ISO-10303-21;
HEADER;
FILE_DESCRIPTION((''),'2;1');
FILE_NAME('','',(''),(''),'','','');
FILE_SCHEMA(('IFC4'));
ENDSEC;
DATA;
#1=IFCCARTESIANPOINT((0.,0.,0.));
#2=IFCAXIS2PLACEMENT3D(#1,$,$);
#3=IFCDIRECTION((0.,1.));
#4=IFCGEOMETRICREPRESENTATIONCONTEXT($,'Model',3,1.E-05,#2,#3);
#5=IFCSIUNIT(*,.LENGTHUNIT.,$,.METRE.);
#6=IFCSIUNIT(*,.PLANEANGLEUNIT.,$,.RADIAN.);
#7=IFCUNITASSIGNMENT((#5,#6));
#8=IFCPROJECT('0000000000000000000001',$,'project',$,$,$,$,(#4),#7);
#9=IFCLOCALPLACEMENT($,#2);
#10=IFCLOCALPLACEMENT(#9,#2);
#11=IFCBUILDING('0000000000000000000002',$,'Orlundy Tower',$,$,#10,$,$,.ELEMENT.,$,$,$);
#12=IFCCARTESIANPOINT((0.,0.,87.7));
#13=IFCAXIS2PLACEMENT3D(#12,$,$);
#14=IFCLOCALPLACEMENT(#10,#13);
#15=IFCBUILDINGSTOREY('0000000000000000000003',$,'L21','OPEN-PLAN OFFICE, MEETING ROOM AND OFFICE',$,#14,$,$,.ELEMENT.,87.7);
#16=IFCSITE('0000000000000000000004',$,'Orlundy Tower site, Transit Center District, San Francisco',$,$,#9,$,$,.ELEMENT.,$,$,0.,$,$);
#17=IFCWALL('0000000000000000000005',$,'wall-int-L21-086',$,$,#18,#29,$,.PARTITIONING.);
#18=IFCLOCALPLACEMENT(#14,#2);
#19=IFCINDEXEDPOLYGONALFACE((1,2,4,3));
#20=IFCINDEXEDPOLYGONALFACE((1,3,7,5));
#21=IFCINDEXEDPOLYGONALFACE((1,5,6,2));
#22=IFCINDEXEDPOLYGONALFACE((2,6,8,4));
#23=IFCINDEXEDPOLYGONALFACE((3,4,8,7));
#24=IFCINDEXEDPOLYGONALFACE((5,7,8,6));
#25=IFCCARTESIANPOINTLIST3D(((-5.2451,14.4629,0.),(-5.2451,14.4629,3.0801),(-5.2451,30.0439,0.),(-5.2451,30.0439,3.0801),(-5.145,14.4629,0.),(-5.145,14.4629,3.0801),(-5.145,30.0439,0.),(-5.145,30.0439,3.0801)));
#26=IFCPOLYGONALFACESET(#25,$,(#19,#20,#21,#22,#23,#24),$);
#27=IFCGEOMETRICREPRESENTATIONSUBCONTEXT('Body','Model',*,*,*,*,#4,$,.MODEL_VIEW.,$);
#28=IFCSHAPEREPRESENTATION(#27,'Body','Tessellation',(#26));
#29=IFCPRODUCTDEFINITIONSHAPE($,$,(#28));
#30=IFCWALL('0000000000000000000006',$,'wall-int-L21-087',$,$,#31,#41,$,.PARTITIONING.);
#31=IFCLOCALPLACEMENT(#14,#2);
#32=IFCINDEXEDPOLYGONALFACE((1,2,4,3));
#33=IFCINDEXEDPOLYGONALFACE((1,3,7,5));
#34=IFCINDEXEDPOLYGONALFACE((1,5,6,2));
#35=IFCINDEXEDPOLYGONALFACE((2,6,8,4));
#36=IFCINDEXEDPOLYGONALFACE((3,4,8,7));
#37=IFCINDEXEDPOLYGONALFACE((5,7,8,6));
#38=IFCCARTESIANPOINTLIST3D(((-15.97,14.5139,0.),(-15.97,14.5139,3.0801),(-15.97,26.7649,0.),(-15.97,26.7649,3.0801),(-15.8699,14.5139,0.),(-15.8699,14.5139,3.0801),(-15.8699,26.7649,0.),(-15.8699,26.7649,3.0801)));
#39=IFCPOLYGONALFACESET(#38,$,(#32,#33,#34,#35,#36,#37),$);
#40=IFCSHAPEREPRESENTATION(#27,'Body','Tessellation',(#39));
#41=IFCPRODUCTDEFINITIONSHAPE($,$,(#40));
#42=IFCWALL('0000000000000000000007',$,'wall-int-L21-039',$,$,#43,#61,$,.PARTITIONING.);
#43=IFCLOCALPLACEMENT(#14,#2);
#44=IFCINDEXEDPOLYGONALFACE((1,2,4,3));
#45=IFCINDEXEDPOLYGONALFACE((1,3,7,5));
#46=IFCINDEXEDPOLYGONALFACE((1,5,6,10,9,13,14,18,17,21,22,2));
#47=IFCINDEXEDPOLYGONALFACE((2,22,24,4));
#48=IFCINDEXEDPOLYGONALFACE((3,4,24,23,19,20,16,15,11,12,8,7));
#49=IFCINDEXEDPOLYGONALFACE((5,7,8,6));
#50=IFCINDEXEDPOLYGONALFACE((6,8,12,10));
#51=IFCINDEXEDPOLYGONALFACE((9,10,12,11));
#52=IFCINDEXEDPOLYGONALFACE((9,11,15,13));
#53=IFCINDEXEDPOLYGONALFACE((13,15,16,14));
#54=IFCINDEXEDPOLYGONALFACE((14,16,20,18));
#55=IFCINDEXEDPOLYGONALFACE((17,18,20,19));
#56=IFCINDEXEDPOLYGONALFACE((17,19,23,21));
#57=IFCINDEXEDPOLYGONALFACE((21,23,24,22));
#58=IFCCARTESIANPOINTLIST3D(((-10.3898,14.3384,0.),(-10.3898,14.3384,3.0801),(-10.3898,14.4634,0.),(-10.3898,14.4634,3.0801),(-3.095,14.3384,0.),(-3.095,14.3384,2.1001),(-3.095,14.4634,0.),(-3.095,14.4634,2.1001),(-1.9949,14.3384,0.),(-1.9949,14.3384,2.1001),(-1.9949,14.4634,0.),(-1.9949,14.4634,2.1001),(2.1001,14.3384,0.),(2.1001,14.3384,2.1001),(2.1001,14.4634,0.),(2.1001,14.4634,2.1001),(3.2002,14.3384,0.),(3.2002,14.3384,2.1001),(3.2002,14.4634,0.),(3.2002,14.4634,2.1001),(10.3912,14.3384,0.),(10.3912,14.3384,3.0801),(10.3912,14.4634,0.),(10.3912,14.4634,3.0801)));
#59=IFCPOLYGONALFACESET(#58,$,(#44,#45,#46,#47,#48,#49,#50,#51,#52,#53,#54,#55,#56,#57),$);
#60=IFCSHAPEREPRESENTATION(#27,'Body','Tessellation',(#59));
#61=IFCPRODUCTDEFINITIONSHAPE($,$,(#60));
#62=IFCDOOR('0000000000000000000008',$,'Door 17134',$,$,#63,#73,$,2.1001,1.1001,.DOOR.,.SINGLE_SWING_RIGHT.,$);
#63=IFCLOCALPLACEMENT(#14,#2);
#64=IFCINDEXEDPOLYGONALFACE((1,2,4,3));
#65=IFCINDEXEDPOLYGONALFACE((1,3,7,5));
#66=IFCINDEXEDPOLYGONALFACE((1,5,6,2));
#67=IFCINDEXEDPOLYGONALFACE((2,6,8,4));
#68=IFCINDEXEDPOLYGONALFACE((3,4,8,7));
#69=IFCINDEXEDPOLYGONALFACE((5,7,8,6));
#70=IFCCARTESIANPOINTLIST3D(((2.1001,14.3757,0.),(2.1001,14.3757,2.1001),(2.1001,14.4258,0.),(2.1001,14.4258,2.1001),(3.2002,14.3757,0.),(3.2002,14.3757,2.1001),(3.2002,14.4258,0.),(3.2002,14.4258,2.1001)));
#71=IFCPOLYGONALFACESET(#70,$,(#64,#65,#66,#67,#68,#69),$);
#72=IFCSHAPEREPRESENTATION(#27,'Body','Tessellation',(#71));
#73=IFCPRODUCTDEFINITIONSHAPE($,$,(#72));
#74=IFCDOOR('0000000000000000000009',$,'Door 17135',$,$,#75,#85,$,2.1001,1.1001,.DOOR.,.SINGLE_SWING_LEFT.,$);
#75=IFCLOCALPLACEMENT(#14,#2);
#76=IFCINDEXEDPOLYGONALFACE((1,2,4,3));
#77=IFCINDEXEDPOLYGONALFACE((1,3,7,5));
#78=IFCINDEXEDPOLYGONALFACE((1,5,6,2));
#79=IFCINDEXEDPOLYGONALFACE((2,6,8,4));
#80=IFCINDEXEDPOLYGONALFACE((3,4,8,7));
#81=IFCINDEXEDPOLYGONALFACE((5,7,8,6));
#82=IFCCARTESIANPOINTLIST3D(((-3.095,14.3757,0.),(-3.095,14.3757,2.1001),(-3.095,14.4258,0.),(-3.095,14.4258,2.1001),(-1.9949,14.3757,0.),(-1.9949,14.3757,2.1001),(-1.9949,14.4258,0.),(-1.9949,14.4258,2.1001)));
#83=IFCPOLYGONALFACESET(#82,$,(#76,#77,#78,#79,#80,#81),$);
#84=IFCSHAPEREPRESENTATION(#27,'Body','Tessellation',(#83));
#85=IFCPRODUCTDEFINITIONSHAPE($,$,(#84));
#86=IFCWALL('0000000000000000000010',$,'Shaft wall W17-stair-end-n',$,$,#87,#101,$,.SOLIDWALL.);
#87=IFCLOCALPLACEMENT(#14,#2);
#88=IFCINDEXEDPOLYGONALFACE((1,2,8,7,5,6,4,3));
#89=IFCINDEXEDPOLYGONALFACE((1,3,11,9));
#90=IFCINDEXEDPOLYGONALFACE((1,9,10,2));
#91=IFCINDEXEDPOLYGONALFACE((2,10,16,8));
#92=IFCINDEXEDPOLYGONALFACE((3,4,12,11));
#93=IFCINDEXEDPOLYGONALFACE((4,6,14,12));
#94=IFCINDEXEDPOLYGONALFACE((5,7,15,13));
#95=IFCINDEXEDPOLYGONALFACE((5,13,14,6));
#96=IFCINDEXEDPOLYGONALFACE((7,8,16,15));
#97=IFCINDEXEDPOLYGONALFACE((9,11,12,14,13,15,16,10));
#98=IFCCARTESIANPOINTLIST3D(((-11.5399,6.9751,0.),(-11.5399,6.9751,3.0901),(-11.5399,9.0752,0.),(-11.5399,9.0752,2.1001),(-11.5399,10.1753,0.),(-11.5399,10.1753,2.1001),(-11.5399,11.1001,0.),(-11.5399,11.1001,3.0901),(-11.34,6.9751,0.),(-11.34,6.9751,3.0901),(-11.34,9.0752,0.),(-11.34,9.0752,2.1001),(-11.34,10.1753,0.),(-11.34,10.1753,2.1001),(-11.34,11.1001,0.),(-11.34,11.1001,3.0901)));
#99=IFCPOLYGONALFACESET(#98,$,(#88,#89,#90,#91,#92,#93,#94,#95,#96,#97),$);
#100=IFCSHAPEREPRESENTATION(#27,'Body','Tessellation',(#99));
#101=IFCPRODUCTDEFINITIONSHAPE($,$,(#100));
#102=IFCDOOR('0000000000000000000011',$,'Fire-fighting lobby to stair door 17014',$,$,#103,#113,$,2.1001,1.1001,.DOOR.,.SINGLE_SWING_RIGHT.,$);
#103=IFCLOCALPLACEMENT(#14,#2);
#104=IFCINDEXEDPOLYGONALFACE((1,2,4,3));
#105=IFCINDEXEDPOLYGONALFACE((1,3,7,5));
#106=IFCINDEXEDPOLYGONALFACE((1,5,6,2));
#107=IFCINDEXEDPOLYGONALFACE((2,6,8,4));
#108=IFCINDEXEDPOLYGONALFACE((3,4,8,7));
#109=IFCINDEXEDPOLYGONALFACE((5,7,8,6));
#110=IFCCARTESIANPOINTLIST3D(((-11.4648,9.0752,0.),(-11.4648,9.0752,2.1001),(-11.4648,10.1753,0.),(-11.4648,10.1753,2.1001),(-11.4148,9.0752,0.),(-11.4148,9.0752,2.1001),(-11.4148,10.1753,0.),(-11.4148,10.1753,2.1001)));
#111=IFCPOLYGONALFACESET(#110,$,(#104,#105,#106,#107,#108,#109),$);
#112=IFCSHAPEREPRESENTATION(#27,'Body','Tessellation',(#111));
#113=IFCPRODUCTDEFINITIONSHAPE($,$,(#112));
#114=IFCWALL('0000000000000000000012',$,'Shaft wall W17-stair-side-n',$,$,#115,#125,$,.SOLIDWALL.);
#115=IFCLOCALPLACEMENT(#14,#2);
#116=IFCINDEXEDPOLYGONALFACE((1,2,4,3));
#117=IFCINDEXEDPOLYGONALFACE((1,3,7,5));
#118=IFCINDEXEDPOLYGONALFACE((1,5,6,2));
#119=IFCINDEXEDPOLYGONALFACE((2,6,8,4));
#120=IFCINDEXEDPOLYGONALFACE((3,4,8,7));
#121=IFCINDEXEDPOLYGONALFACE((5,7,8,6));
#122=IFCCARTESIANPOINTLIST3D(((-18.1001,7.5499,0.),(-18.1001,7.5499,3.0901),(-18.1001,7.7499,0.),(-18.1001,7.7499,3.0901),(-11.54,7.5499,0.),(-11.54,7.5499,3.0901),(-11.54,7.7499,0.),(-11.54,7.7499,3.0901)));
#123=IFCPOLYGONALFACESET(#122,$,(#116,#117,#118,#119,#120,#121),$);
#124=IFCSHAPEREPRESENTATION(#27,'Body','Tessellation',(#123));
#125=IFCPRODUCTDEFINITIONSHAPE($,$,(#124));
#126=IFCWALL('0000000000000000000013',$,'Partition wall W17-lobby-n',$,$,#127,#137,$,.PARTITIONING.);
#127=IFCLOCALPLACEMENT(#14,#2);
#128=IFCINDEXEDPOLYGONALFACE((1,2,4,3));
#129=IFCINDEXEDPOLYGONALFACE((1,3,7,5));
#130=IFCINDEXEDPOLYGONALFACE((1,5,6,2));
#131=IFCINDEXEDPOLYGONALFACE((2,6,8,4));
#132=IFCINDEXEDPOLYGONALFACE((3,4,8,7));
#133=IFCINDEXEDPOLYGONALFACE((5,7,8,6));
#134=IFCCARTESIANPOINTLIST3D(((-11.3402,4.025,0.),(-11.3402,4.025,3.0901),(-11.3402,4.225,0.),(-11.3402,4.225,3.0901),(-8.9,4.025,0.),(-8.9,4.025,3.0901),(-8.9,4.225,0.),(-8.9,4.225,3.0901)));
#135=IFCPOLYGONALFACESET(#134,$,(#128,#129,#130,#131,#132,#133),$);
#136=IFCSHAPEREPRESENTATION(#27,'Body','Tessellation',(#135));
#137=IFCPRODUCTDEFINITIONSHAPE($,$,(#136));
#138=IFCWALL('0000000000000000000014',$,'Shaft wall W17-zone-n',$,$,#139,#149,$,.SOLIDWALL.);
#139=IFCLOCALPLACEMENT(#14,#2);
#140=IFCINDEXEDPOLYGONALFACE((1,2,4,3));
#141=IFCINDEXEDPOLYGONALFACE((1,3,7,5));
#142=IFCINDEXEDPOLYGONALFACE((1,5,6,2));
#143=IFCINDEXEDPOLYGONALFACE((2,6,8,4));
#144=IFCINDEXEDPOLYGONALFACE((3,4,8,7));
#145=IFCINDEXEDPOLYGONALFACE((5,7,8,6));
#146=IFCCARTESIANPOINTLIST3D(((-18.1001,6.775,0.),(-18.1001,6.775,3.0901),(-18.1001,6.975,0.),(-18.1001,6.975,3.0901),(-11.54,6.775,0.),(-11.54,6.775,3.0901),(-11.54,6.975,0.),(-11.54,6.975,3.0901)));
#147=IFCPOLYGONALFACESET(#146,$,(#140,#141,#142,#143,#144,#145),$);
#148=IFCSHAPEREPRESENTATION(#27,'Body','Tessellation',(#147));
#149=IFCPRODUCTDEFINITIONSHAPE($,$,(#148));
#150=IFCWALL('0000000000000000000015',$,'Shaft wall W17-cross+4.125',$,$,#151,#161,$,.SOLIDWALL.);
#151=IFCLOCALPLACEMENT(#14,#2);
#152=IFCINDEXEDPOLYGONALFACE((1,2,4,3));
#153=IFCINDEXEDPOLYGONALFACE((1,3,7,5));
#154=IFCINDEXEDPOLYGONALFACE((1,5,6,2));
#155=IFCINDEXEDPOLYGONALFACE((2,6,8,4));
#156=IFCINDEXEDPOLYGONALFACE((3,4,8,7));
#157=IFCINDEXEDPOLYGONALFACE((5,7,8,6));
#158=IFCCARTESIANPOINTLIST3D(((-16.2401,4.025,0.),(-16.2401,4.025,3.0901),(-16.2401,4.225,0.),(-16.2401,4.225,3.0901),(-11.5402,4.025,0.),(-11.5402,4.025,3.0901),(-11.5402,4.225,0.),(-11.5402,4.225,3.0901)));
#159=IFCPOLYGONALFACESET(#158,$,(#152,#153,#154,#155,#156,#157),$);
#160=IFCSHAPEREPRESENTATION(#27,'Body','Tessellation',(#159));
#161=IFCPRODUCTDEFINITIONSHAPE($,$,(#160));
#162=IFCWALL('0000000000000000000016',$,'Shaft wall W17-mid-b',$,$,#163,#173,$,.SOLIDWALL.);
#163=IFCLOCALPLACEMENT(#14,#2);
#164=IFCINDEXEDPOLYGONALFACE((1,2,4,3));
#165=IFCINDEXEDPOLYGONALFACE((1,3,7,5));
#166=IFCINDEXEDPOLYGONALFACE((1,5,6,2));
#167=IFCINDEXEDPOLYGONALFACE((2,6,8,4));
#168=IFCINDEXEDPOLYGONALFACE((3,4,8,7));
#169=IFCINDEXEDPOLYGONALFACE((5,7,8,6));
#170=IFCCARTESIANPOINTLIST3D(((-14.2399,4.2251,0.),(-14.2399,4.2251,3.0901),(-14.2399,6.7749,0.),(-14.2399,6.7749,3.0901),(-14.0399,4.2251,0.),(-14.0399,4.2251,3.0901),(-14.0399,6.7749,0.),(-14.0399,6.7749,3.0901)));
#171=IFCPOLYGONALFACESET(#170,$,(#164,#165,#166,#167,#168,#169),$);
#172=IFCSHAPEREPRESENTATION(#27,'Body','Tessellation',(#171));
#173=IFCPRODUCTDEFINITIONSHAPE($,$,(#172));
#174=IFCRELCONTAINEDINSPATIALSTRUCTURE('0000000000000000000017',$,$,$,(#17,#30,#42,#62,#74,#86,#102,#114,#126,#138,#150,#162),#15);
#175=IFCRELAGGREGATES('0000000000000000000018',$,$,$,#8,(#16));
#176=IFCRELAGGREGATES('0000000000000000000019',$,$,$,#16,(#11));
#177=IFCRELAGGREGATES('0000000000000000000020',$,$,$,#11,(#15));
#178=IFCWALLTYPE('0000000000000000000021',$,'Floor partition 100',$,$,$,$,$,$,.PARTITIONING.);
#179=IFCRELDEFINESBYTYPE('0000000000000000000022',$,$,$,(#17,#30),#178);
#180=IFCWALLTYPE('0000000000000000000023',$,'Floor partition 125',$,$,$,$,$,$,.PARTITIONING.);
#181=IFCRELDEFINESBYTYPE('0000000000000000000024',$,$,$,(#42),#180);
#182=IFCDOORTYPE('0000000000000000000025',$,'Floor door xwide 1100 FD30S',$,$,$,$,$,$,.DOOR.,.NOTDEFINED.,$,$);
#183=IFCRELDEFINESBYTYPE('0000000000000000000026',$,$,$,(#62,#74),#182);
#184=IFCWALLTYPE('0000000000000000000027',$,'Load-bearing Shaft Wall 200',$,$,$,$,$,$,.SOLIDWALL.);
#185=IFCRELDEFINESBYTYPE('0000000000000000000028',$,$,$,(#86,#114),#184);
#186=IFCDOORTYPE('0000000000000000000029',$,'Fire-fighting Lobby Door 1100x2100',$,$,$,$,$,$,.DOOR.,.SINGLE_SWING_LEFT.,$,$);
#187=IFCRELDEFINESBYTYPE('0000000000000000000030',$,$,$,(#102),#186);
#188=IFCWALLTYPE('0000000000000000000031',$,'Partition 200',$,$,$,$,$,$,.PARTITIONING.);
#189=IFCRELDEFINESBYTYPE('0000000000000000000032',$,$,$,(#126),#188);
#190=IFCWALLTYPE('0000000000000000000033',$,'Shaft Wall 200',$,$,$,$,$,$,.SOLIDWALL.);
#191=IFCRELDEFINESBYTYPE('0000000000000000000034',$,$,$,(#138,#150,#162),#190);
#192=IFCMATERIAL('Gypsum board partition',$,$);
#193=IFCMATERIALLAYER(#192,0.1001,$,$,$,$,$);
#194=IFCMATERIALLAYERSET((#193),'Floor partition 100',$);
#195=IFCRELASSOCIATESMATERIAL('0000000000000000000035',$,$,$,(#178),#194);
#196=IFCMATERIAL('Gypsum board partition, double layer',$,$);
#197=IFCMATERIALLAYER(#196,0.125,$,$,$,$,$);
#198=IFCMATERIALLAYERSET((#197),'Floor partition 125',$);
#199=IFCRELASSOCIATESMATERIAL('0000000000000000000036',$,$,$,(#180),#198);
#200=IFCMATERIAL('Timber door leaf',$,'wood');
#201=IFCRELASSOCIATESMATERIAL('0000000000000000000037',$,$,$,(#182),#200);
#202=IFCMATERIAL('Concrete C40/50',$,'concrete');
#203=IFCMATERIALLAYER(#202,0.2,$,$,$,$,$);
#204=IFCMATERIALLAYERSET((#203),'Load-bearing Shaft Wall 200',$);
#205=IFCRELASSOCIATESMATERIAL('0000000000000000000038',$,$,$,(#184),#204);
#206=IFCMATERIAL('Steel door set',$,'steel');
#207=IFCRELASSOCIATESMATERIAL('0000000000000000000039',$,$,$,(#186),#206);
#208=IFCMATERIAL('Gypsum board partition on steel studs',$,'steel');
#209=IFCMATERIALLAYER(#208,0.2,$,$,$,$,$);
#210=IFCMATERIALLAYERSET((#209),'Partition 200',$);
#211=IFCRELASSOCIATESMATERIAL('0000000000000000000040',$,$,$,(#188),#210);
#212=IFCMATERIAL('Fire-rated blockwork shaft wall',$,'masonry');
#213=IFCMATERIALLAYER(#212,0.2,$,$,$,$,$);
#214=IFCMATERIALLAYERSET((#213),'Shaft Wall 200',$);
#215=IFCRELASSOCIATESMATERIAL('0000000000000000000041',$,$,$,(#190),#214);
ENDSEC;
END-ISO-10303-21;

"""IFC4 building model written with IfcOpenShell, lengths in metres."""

from ifc_helpers import new_model, si_unit, direction, frame, frame_2d, origin, place, context, subcontext, project, spatial, rectangle, extrude, material, layer, layer_set, type_object, element, fill, save


model = new_model("IFC4")

# Units and contexts
model_context = context("Model", 3, precision=1e-05, world=origin(), true_north=direction((0.0, 1.0)))
body_context = subcontext(model_context, "Body", "Model", "MODEL_VIEW")
ifc_project = project(units=[si_unit("LENGTHUNIT", "METRE"), si_unit("PLANEANGLEUNIT", "RADIAN")], contexts=[model_context])

# Site, building, storey
site_placement = place(None, origin())
site = spatial("IfcSite", under=ifc_project, at=site_placement, Name="Orlundy Tower site, Transit Center District, San Francisco", CompositionType="ELEMENT", RefElevation=0.0)
building_placement = place(site_placement, origin())
building = spatial("IfcBuilding", under=site, at=building_placement, Name="Orlundy Tower", CompositionType="ELEMENT")
storey_placement = place(building_placement, frame((0.0, 0.0, 87.7)))
storey = spatial("IfcBuildingStorey", under=building, at=storey_placement, Name="L21", Description="OPEN-PLAN OFFICE, MEETING ROOM AND OFFICE", CompositionType="ELEMENT", Elevation=87.7)

# Walls
ifc_material_1 = material(Name="Gypsum board partition")
ifc_layer_1 = layer(ifc_material_1, 0.1001)
ifc_layer_set_1 = layer_set([ifc_layer_1], Name="Floor partition 100")
wall_type_1 = type_object("IfcWallType", Name="Floor partition 100", PredefinedType="PARTITIONING", material=ifc_layer_set_1)
wall_1_placement = place(storey_placement, frame((-5.1951, 14.4629, 0.0), z_axis=(0.0, 0.0, 1.0), x_axis=(0.0, 1.0, 0.0)))
element("IfcWall", 1, at=wall_1_placement, inside=storey, type_object=wall_type_1, Name="wall-int-L21-086", PredefinedType="PARTITIONING", context=body_context, shape_type="SweptSolid", body=[
    extrude(rectangle(XDim=15.5811, YDim=0.1001, at=frame_2d((7.7905, 0.0))), origin(), (0.0, 0.0, 1.0), 3.0801),
])
wall_2_placement = place(storey_placement, frame((-15.9199, 14.5139, 0.0), z_axis=(0.0, 0.0, 1.0), x_axis=(0.0, 1.0, 0.0)))
element("IfcWall", 2, at=wall_2_placement, inside=storey, type_object=wall_type_1, Name="wall-int-L21-087", PredefinedType="PARTITIONING", context=body_context, shape_type="SweptSolid", body=[
    extrude(rectangle(XDim=12.251, YDim=0.1001, at=frame_2d((6.1255, 0.0))), origin(), (0.0, 0.0, 1.0), 3.0801),
])

# Wall, openings, doors
ifc_material_2 = material(Name="Gypsum board partition, double layer")
ifc_layer_2 = layer(ifc_material_2, 0.125)
ifc_layer_set_2 = layer_set([ifc_layer_2], Name="Floor partition 125")
wall_type_2 = type_object("IfcWallType", Name="Floor partition 125", PredefinedType="PARTITIONING", material=ifc_layer_set_2)
wall_3_placement = place(storey_placement, frame((-10.3899, 14.4009, 0.0), z_axis=(0.0, 0.0, 1.0), x_axis=(1.0, 0.0, 0.0)))
wall_3 = element("IfcWall", 3, at=wall_3_placement, inside=storey, type_object=wall_type_2, Name="wall-int-L21-039", PredefinedType="PARTITIONING", context=body_context, shape_type="SweptSolid", body=[
    extrude(rectangle(XDim=20.781, YDim=0.125, at=frame_2d((10.3906, 0.0))), origin(), (0.0, 0.0, 1.0), 3.0801),
])
opening_1_placement = place(wall_3_placement, frame((12.49, 0.0, 0.0)))
opening_1 = element("IfcOpeningElement", 4, at=opening_1_placement, cuts=wall_3, PredefinedType="OPENING", context=body_context, shape_type="SweptSolid", body=[
    extrude(rectangle(XDim=1.1001, YDim=2.1001, at=frame_2d((0.55, 1.05))), frame((0.0, 0.0725, 0.0), z_axis=(0.0, -1.0, 0.0), x_axis=(1.0, 0.0, 0.0)), (0.0, 0.0, 1.0), 0.145),
])
opening_2_placement = place(wall_3_placement, frame((7.2949, 0.0, 0.0)))
opening_2 = element("IfcOpeningElement", 5, at=opening_2_placement, cuts=wall_3, PredefinedType="OPENING", context=body_context, shape_type="SweptSolid", body=[
    extrude(rectangle(XDim=1.1001, YDim=2.1001, at=frame_2d((0.55, 1.05))), frame((0.0, 0.0725, 0.0), z_axis=(0.0, -1.0, 0.0), x_axis=(1.0, 0.0, 0.0)), (0.0, 0.0, 1.0), 0.145),
])
ifc_material_3 = material(Name="Timber door leaf", Category="wood")
door_type_1 = type_object("IfcDoorType", Name="Floor door xwide 1100 FD30S", OperationType="NOTDEFINED", PredefinedType="DOOR", material=ifc_material_3)
door_1_placement = place(opening_1_placement, origin())
door_1 = element("IfcDoor", 6, at=door_1_placement, inside=storey, type_object=door_type_1, Name="Door 17134", OperationType="SINGLE_SWING_RIGHT", OverallHeight=2.1001, OverallWidth=1.1001, PredefinedType="DOOR", context=body_context, shape_type="SweptSolid", body=[
    extrude(rectangle(XDim=1.1001, YDim=2.1001, at=frame_2d((0.55, 1.05))), frame((0.0, 0.0249, 0.0), z_axis=(0.0, -1.0, 0.0), x_axis=(1.0, 0.0, 0.0)), (0.0, 0.0, 1.0), 0.05),
])
fill(opening_1, door_1)
door_2_placement = place(opening_2_placement, origin())
door_2 = element("IfcDoor", 7, at=door_2_placement, inside=storey, type_object=door_type_1, Name="Door 17135", OperationType="SINGLE_SWING_LEFT", OverallHeight=2.1001, OverallWidth=1.1001, PredefinedType="DOOR", context=body_context, shape_type="SweptSolid", body=[
    extrude(rectangle(XDim=1.1001, YDim=2.1001, at=frame_2d((0.55, 1.05))), frame((0.0, 0.0249, 0.0), z_axis=(0.0, -1.0, 0.0), x_axis=(1.0, 0.0, 0.0)), (0.0, 0.0, 1.0), 0.05),
])
fill(opening_2, door_2)

# Wall, opening, door
ifc_material_4 = material(Name="Concrete C40/50", Category="concrete")
ifc_layer_3 = layer(ifc_material_4, 0.2)
ifc_layer_set_3 = layer_set([ifc_layer_3], Name="Load-bearing Shaft Wall 200")
wall_type_3 = type_object("IfcWallType", Name="Load-bearing Shaft Wall 200", PredefinedType="SOLIDWALL", material=ifc_layer_set_3)
wall_4_placement = place(storey_placement, frame((-11.4399, 6.9751, 0.0), z_axis=(0.0, 0.0, 1.0), x_axis=(0.0, 1.0, 0.0)))
wall_4 = element("IfcWall", 8, at=wall_4_placement, inside=storey, type_object=wall_type_3, Name="Shaft wall W17-stair-end-n", PredefinedType="SOLIDWALL", context=body_context, shape_type="SweptSolid", body=[
    extrude(rectangle(XDim=4.125, YDim=0.2, at=frame_2d((2.0625, 0.0))), origin(), (0.0, 0.0, 1.0), 3.0901),
])
opening_3_placement = place(wall_4_placement, frame((2.1001, 0.0, 0.0)))
opening_3 = element("IfcOpeningElement", 9, at=opening_3_placement, cuts=wall_4, PredefinedType="OPENING", context=body_context, shape_type="SweptSolid", body=[
    extrude(rectangle(XDim=1.1001, YDim=2.1001, at=frame_2d((0.55, 1.05))), frame((0.0, 0.1101, 0.0), z_axis=(0.0, -1.0, 0.0), x_axis=(1.0, 0.0, 0.0)), (0.0, 0.0, 1.0), 0.2202),
])
ifc_material_5 = material(Name="Steel door set", Category="steel")
door_type_2 = type_object("IfcDoorType", Name="Fire-fighting Lobby Door 1100x2100", OperationType="SINGLE_SWING_LEFT", PredefinedType="DOOR", material=ifc_material_5)
door_3_placement = place(opening_3_placement, origin())
door_3 = element("IfcDoor", 10, at=door_3_placement, inside=storey, type_object=door_type_2, Name="Fire-fighting lobby to stair door 17014", OperationType="SINGLE_SWING_RIGHT", OverallHeight=2.1001, OverallWidth=1.1001, PredefinedType="DOOR", context=body_context, shape_type="SweptSolid", body=[
    extrude(rectangle(XDim=1.1001, YDim=2.1001, at=frame_2d((0.55, 1.05))), frame((0.0, 0.0249, 0.0), z_axis=(0.0, -1.0, 0.0), x_axis=(1.0, 0.0, 0.0)), (0.0, 0.0, 1.0), 0.05),
])
fill(opening_3, door_3)

# Walls
wall_5_placement = place(storey_placement, frame((-11.54, 7.6499, 0.0), z_axis=(0.0, 0.0, 1.0), x_axis=(-1.0, 0.0, 0.0)))
element("IfcWall", 11, at=wall_5_placement, inside=storey, type_object=wall_type_3, Name="Shaft wall W17-stair-side-n", PredefinedType="SOLIDWALL", context=body_context, shape_type="SweptSolid", body=[
    extrude(rectangle(XDim=6.5601, YDim=0.2, at=frame_2d((3.28, 0.0))), origin(), (0.0, 0.0, 1.0), 3.0901),
])
ifc_material_6 = material(Name="Gypsum board partition on steel studs", Category="steel")
ifc_layer_4 = layer(ifc_material_6, 0.2)
ifc_layer_set_4 = layer_set([ifc_layer_4], Name="Partition 200")
wall_type_4 = type_object("IfcWallType", Name="Partition 200", PredefinedType="PARTITIONING", material=ifc_layer_set_4)
wall_6_placement = place(storey_placement, frame((-8.8999, 4.125, 0.0), z_axis=(0.0, 0.0, 1.0), x_axis=(-1.0, 0.0, 0.0)))
element("IfcWall", 12, at=wall_6_placement, inside=storey, type_object=wall_type_4, Name="Partition wall W17-lobby-n", PredefinedType="PARTITIONING", context=body_context, shape_type="SweptSolid", body=[
    extrude(rectangle(XDim=2.4402, YDim=0.2, at=frame_2d((1.2202, 0.0))), origin(), (0.0, 0.0, 1.0), 3.0901),
])
ifc_material_7 = material(Name="Fire-rated blockwork shaft wall", Category="masonry")
ifc_layer_5 = layer(ifc_material_7, 0.2)
ifc_layer_set_5 = layer_set([ifc_layer_5], Name="Shaft Wall 200")
wall_type_5 = type_object("IfcWallType", Name="Shaft Wall 200", PredefinedType="SOLIDWALL", material=ifc_layer_set_5)
wall_7_placement = place(storey_placement, frame((-11.54, 6.875, 0.0), z_axis=(0.0, 0.0, 1.0), x_axis=(-1.0, 0.0, 0.0)))
element("IfcWall", 13, at=wall_7_placement, inside=storey, type_object=wall_type_5, Name="Shaft wall W17-zone-n", PredefinedType="SOLIDWALL", context=body_context, shape_type="SweptSolid", body=[
    extrude(rectangle(XDim=6.5601, YDim=0.2, at=frame_2d((3.28, 0.0))), origin(), (0.0, 0.0, 1.0), 3.0901),
])
wall_8_placement = place(storey_placement, frame((-11.54, 4.125, 0.0), z_axis=(0.0, 0.0, 1.0), x_axis=(-1.0, 0.0, 0.0)))
element("IfcWall", 14, at=wall_8_placement, inside=storey, type_object=wall_type_5, Name="Shaft wall W17-cross+4.125", PredefinedType="SOLIDWALL", context=body_context, shape_type="SweptSolid", body=[
    extrude(rectangle(XDim=4.7, YDim=0.2, at=frame_2d((2.3501, 0.0))), origin(), (0.0, 0.0, 1.0), 3.0901),
])
wall_9_placement = place(storey_placement, frame((-14.1399, 4.2251, 0.0), z_axis=(0.0, 0.0, 1.0), x_axis=(0.0, 1.0, 0.0)))
element("IfcWall", 15, at=wall_9_placement, inside=storey, type_object=wall_type_5, Name="Shaft wall W17-mid-b", PredefinedType="SOLIDWALL", context=body_context, shape_type="SweptSolid", body=[
    extrude(rectangle(XDim=2.5498, YDim=0.2, at=frame_2d((1.2749, 0.0))), origin(), (0.0, 0.0, 1.0), 3.0901),
])

save(model, "model.ifc")
